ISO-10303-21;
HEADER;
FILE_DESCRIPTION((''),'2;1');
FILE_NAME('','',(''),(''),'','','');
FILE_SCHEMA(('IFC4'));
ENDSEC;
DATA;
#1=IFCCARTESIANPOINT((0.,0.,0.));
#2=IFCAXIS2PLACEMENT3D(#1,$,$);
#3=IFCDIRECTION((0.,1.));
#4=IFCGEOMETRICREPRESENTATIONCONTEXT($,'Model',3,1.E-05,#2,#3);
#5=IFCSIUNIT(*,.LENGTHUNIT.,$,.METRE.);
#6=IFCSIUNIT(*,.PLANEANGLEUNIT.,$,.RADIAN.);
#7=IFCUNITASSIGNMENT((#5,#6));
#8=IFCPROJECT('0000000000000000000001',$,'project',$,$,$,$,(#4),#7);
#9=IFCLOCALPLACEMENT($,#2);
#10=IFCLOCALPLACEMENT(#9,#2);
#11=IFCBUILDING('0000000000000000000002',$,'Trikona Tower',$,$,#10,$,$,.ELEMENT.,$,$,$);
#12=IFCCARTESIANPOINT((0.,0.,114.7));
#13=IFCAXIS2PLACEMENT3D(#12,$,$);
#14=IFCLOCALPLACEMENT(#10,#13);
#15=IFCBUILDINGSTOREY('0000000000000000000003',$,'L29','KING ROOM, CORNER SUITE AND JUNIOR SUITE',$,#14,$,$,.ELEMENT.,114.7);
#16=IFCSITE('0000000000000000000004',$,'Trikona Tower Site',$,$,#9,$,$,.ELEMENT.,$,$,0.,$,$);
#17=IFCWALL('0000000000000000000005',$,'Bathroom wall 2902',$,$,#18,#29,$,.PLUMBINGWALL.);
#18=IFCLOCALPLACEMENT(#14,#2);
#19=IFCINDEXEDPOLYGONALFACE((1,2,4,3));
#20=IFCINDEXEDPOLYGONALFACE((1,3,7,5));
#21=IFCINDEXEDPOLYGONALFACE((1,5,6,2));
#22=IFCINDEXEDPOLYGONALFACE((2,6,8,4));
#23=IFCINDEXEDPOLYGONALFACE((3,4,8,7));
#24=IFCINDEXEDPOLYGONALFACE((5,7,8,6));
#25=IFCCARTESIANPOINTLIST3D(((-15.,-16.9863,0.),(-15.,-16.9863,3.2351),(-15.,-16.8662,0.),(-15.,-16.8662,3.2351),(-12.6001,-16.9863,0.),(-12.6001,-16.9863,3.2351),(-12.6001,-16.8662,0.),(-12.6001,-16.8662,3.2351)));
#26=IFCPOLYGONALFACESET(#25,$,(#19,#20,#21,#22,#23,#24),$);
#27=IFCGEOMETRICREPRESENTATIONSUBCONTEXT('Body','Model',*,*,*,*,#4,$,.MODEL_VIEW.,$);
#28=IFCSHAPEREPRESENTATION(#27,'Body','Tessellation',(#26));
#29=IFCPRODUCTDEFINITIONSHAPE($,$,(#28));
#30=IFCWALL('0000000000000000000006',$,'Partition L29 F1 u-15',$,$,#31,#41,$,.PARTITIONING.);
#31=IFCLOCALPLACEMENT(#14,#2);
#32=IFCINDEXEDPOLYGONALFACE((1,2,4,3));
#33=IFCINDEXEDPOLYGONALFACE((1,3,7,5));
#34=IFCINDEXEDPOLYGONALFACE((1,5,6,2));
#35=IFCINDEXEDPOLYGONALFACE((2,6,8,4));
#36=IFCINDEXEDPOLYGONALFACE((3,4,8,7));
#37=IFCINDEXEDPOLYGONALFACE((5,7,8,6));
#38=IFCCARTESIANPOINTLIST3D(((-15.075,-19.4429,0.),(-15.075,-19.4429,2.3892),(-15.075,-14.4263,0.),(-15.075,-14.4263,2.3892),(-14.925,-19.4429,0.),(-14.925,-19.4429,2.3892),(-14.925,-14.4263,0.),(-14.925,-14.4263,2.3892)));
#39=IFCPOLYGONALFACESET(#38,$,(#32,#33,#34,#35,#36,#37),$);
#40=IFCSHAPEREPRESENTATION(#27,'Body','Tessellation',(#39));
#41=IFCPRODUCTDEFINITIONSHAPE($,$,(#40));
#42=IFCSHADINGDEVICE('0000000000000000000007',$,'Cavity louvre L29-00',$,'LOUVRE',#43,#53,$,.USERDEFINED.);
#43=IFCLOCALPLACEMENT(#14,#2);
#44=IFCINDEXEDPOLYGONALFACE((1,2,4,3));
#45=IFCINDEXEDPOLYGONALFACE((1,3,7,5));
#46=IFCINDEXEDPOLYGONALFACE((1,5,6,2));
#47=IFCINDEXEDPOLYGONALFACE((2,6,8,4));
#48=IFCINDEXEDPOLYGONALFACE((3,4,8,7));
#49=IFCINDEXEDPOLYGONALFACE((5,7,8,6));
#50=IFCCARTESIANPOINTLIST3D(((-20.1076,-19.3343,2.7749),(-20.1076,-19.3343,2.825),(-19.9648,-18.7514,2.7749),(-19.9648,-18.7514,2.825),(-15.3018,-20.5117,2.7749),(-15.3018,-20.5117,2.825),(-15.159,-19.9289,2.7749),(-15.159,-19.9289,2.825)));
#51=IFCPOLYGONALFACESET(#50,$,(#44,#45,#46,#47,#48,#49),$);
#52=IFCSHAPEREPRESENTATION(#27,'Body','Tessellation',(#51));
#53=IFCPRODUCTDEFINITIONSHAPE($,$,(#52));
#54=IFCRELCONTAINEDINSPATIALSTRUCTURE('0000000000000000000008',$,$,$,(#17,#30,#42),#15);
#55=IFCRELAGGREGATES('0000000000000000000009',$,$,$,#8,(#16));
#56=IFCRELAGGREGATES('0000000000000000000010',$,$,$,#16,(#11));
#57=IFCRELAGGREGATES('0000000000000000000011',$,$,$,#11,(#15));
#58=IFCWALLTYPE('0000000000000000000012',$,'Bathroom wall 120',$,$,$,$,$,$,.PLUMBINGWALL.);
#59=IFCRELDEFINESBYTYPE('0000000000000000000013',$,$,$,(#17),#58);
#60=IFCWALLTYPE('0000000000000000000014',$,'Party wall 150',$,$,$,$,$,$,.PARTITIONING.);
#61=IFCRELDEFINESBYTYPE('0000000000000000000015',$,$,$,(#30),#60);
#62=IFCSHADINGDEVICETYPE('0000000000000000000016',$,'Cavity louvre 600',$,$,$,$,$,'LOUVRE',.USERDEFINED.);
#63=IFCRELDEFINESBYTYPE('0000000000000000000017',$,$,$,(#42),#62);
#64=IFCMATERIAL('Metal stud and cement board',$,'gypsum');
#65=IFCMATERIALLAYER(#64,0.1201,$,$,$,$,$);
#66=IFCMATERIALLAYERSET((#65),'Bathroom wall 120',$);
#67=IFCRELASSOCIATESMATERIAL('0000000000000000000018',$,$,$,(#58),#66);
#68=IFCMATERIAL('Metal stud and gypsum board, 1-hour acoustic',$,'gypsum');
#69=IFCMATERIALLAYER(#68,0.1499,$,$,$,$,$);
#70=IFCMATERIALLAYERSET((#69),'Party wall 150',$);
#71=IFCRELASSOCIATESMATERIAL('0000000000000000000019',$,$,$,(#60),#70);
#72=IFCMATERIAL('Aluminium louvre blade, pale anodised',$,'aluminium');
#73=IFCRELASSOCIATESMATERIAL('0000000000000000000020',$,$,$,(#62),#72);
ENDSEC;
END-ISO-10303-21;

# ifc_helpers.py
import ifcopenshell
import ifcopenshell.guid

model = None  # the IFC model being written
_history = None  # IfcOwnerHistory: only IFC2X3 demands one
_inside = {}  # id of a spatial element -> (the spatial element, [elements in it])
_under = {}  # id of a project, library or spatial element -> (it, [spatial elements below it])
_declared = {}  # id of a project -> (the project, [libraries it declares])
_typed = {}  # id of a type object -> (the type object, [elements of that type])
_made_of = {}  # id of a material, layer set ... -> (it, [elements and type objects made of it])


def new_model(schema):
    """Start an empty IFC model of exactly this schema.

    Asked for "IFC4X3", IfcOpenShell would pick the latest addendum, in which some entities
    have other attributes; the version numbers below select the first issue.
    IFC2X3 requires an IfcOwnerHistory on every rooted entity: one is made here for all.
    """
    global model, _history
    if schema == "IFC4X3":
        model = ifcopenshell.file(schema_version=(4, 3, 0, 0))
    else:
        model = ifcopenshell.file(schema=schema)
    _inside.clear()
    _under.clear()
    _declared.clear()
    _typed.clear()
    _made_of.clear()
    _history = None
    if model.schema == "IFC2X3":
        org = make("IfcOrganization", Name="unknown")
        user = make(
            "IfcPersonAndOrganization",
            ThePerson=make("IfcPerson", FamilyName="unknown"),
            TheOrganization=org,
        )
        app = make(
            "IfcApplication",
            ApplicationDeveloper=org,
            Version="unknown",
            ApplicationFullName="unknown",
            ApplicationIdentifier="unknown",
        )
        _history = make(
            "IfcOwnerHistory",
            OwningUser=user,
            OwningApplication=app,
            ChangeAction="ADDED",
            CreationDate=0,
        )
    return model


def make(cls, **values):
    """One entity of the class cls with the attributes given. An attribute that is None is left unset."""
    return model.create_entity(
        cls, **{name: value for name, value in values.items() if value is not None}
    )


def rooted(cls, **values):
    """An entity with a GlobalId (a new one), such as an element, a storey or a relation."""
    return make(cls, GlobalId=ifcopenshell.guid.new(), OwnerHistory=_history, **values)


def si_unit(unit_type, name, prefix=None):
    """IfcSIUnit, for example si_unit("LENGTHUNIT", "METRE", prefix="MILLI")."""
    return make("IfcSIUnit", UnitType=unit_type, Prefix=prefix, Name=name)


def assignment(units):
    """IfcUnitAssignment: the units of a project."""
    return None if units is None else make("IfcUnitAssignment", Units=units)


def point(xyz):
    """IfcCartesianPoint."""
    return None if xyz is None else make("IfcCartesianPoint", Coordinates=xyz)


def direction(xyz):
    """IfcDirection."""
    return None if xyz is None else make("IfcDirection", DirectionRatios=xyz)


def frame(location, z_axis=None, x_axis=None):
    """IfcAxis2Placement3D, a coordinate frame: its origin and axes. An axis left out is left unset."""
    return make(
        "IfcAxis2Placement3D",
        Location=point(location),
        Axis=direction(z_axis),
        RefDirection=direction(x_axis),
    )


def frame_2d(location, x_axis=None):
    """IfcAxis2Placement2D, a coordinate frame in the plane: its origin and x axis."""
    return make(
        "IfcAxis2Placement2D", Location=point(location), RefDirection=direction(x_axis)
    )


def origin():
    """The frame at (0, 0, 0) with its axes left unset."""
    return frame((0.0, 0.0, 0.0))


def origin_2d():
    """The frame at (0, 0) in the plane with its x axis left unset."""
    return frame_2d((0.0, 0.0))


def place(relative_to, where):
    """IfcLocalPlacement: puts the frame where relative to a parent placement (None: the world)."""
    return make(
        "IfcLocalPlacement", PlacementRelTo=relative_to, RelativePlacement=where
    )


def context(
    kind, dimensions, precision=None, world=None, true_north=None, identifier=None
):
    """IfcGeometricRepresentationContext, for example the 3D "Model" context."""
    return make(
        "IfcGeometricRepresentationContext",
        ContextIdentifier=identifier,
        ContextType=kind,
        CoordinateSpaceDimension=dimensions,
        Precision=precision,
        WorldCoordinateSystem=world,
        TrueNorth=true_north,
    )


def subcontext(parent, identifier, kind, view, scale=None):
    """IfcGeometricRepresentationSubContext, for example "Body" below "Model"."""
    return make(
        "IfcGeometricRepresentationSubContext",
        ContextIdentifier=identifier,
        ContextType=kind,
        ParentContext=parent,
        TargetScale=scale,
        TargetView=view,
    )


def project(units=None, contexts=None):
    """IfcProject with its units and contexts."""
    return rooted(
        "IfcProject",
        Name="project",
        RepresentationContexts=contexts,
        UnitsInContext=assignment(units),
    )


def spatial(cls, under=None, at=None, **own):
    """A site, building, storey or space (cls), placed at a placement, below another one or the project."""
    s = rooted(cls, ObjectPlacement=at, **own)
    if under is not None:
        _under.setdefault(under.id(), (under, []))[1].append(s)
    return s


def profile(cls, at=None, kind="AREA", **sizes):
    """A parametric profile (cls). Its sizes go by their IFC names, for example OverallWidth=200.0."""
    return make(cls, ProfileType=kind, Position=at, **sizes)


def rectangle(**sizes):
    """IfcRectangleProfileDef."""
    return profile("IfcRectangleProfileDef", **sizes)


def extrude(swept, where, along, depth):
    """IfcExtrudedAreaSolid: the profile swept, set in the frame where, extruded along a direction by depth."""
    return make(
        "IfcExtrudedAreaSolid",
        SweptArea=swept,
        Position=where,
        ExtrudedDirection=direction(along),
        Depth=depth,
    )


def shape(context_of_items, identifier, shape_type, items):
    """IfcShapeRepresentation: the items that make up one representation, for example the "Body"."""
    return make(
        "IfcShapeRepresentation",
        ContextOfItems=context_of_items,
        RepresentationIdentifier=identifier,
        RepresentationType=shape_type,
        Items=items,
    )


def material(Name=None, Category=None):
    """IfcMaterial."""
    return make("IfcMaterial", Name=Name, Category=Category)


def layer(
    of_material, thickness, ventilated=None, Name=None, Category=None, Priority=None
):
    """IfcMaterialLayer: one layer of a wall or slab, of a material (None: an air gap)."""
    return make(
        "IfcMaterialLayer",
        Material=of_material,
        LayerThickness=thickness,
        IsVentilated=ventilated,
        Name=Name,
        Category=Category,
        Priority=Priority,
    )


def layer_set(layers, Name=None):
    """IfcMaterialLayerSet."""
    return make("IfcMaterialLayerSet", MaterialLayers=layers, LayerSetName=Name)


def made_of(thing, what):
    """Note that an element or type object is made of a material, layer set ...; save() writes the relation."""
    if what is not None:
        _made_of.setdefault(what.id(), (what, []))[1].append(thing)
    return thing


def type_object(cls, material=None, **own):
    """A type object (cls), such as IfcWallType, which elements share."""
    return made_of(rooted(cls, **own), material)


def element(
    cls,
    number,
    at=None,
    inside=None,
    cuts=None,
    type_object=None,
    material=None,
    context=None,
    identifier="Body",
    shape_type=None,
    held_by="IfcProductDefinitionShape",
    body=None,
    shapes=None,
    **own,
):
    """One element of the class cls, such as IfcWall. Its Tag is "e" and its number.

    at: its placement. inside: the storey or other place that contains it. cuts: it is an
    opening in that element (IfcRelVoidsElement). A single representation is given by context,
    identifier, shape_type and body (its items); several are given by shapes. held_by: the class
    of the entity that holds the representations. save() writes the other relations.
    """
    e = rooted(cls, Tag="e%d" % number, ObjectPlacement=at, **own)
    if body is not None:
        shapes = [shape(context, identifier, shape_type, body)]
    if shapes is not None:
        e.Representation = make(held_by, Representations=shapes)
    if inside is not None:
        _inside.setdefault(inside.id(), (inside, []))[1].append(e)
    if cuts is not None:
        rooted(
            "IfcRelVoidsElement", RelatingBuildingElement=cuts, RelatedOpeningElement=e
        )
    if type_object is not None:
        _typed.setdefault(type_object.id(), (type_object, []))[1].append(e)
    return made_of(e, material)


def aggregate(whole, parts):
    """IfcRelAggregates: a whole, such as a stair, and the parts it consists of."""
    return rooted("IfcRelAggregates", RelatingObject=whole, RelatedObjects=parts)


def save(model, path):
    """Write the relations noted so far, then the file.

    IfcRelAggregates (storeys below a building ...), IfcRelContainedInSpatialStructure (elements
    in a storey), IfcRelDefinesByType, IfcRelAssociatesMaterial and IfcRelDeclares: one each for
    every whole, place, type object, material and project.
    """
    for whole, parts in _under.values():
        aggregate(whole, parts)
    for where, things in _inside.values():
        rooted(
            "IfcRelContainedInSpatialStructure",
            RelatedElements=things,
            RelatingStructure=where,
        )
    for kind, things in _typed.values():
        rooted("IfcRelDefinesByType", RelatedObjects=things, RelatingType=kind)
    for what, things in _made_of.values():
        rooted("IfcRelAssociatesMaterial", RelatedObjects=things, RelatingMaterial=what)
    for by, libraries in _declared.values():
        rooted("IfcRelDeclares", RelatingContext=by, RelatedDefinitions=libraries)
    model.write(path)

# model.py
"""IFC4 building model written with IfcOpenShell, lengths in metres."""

from ifc_helpers import new_model, si_unit, direction, frame, frame_2d, origin, origin_2d, place, context, subcontext, project, spatial, rectangle, extrude, material, layer, layer_set, type_object, element, save


model = new_model("IFC4")

# Units and contexts
model_context = context("Model", 3, precision=1e-05, world=origin(), true_north=direction((0.0, 1.0)))
body_context = subcontext(model_context, "Body", "Model", "MODEL_VIEW")
ifc_project = project(units=[si_unit("LENGTHUNIT", "METRE"), si_unit("PLANEANGLEUNIT", "RADIAN")], contexts=[model_context])

# Site, building, storey
site_placement = place(None, origin())
site = spatial("IfcSite", under=ifc_project, at=site_placement, Name="Trikona Tower Site", CompositionType="ELEMENT", RefElevation=0.0)
building_placement = place(site_placement, origin())
building = spatial("IfcBuilding", under=site, at=building_placement, Name="Trikona Tower", CompositionType="ELEMENT")
storey_placement = place(building_placement, frame((0.0, 0.0, 114.7)))
storey = spatial("IfcBuildingStorey", under=building, at=storey_placement, Name="L29", Description="KING ROOM, CORNER SUITE AND JUNIOR SUITE", CompositionType="ELEMENT", Elevation=114.7)

# Shared definitions
ifc_material_1 = material(Name="Metal stud and cement board", Category="gypsum")
ifc_layer_1 = layer(ifc_material_1, 0.1201)
ifc_layer_set_1 = layer_set([ifc_layer_1], Name="Bathroom wall 120")
wall_type_1 = type_object("IfcWallType", Name="Bathroom wall 120", PredefinedType="PLUMBINGWALL", material=ifc_layer_set_1)

# Walls
wall_1_placement = place(storey_placement, frame((-15.0, -16.9263, 0.0), z_axis=(0.0, 0.0, 1.0), x_axis=(1.0, 0.0, 0.0)))
element("IfcWall", 1, at=wall_1_placement, inside=storey, type_object=wall_type_1, Name="Bathroom wall 2902", PredefinedType="PLUMBINGWALL", context=body_context, shape_type="SweptSolid", body=[
    extrude(rectangle(XDim=2.3999, YDim=0.1201, at=frame_2d((1.2, 0.0))), origin(), (0.0, 0.0, 1.0), 3.2351),
])
ifc_material_2 = material(Name="Metal stud and gypsum board, 1-hour acoustic", Category="gypsum")
ifc_layer_2 = layer(ifc_material_2, 0.1499)
ifc_layer_set_2 = layer_set([ifc_layer_2], Name="Party wall 150")
wall_type_2 = type_object("IfcWallType", Name="Party wall 150", PredefinedType="PARTITIONING", material=ifc_layer_set_2)
wall_2_placement = place(storey_placement, frame((-15.0, -14.4263, 0.0), z_axis=(0.0, 0.0, 1.0), x_axis=(0.0, -1.0, 0.0)))
element("IfcWall", 2, at=wall_2_placement, inside=storey, type_object=wall_type_2, Name="Partition L29 F1 u-15", PredefinedType="PARTITIONING", context=body_context, shape_type="SweptSolid", body=[
    extrude(rectangle(XDim=5.0166, YDim=0.1499, at=frame_2d((2.5083, 0.0))), origin(), (0.0, 0.0, 1.0), 2.3892),
])

# Shading device
ifc_material_3 = material(Name="Aluminium louvre blade, pale anodised", Category="aluminium")
shading_device_type = type_object("IfcShadingDeviceType", Name="Cavity louvre 600", ElementType="LOUVRE", PredefinedType="USERDEFINED", material=ifc_material_3)
shading_device_placement = place(storey_placement, frame((-17.6333, -19.6316, 2.7749), z_axis=(0.0, 0.0, 1.0), x_axis=(0.971274, -0.237962, 0.0)))
element("IfcShadingDevice", 3, at=shading_device_placement, inside=storey, type_object=shading_device_type, Name="Cavity louvre L29-00", ObjectType="LOUVRE", PredefinedType="USERDEFINED", context=body_context, shape_type="SweptSolid", body=[
    extrude(rectangle(XDim=4.948, YDim=0.6001, at=origin_2d()), origin(), (0.0, 0.0, 1.0), 0.05),
])

save(model, "model.ifc")
